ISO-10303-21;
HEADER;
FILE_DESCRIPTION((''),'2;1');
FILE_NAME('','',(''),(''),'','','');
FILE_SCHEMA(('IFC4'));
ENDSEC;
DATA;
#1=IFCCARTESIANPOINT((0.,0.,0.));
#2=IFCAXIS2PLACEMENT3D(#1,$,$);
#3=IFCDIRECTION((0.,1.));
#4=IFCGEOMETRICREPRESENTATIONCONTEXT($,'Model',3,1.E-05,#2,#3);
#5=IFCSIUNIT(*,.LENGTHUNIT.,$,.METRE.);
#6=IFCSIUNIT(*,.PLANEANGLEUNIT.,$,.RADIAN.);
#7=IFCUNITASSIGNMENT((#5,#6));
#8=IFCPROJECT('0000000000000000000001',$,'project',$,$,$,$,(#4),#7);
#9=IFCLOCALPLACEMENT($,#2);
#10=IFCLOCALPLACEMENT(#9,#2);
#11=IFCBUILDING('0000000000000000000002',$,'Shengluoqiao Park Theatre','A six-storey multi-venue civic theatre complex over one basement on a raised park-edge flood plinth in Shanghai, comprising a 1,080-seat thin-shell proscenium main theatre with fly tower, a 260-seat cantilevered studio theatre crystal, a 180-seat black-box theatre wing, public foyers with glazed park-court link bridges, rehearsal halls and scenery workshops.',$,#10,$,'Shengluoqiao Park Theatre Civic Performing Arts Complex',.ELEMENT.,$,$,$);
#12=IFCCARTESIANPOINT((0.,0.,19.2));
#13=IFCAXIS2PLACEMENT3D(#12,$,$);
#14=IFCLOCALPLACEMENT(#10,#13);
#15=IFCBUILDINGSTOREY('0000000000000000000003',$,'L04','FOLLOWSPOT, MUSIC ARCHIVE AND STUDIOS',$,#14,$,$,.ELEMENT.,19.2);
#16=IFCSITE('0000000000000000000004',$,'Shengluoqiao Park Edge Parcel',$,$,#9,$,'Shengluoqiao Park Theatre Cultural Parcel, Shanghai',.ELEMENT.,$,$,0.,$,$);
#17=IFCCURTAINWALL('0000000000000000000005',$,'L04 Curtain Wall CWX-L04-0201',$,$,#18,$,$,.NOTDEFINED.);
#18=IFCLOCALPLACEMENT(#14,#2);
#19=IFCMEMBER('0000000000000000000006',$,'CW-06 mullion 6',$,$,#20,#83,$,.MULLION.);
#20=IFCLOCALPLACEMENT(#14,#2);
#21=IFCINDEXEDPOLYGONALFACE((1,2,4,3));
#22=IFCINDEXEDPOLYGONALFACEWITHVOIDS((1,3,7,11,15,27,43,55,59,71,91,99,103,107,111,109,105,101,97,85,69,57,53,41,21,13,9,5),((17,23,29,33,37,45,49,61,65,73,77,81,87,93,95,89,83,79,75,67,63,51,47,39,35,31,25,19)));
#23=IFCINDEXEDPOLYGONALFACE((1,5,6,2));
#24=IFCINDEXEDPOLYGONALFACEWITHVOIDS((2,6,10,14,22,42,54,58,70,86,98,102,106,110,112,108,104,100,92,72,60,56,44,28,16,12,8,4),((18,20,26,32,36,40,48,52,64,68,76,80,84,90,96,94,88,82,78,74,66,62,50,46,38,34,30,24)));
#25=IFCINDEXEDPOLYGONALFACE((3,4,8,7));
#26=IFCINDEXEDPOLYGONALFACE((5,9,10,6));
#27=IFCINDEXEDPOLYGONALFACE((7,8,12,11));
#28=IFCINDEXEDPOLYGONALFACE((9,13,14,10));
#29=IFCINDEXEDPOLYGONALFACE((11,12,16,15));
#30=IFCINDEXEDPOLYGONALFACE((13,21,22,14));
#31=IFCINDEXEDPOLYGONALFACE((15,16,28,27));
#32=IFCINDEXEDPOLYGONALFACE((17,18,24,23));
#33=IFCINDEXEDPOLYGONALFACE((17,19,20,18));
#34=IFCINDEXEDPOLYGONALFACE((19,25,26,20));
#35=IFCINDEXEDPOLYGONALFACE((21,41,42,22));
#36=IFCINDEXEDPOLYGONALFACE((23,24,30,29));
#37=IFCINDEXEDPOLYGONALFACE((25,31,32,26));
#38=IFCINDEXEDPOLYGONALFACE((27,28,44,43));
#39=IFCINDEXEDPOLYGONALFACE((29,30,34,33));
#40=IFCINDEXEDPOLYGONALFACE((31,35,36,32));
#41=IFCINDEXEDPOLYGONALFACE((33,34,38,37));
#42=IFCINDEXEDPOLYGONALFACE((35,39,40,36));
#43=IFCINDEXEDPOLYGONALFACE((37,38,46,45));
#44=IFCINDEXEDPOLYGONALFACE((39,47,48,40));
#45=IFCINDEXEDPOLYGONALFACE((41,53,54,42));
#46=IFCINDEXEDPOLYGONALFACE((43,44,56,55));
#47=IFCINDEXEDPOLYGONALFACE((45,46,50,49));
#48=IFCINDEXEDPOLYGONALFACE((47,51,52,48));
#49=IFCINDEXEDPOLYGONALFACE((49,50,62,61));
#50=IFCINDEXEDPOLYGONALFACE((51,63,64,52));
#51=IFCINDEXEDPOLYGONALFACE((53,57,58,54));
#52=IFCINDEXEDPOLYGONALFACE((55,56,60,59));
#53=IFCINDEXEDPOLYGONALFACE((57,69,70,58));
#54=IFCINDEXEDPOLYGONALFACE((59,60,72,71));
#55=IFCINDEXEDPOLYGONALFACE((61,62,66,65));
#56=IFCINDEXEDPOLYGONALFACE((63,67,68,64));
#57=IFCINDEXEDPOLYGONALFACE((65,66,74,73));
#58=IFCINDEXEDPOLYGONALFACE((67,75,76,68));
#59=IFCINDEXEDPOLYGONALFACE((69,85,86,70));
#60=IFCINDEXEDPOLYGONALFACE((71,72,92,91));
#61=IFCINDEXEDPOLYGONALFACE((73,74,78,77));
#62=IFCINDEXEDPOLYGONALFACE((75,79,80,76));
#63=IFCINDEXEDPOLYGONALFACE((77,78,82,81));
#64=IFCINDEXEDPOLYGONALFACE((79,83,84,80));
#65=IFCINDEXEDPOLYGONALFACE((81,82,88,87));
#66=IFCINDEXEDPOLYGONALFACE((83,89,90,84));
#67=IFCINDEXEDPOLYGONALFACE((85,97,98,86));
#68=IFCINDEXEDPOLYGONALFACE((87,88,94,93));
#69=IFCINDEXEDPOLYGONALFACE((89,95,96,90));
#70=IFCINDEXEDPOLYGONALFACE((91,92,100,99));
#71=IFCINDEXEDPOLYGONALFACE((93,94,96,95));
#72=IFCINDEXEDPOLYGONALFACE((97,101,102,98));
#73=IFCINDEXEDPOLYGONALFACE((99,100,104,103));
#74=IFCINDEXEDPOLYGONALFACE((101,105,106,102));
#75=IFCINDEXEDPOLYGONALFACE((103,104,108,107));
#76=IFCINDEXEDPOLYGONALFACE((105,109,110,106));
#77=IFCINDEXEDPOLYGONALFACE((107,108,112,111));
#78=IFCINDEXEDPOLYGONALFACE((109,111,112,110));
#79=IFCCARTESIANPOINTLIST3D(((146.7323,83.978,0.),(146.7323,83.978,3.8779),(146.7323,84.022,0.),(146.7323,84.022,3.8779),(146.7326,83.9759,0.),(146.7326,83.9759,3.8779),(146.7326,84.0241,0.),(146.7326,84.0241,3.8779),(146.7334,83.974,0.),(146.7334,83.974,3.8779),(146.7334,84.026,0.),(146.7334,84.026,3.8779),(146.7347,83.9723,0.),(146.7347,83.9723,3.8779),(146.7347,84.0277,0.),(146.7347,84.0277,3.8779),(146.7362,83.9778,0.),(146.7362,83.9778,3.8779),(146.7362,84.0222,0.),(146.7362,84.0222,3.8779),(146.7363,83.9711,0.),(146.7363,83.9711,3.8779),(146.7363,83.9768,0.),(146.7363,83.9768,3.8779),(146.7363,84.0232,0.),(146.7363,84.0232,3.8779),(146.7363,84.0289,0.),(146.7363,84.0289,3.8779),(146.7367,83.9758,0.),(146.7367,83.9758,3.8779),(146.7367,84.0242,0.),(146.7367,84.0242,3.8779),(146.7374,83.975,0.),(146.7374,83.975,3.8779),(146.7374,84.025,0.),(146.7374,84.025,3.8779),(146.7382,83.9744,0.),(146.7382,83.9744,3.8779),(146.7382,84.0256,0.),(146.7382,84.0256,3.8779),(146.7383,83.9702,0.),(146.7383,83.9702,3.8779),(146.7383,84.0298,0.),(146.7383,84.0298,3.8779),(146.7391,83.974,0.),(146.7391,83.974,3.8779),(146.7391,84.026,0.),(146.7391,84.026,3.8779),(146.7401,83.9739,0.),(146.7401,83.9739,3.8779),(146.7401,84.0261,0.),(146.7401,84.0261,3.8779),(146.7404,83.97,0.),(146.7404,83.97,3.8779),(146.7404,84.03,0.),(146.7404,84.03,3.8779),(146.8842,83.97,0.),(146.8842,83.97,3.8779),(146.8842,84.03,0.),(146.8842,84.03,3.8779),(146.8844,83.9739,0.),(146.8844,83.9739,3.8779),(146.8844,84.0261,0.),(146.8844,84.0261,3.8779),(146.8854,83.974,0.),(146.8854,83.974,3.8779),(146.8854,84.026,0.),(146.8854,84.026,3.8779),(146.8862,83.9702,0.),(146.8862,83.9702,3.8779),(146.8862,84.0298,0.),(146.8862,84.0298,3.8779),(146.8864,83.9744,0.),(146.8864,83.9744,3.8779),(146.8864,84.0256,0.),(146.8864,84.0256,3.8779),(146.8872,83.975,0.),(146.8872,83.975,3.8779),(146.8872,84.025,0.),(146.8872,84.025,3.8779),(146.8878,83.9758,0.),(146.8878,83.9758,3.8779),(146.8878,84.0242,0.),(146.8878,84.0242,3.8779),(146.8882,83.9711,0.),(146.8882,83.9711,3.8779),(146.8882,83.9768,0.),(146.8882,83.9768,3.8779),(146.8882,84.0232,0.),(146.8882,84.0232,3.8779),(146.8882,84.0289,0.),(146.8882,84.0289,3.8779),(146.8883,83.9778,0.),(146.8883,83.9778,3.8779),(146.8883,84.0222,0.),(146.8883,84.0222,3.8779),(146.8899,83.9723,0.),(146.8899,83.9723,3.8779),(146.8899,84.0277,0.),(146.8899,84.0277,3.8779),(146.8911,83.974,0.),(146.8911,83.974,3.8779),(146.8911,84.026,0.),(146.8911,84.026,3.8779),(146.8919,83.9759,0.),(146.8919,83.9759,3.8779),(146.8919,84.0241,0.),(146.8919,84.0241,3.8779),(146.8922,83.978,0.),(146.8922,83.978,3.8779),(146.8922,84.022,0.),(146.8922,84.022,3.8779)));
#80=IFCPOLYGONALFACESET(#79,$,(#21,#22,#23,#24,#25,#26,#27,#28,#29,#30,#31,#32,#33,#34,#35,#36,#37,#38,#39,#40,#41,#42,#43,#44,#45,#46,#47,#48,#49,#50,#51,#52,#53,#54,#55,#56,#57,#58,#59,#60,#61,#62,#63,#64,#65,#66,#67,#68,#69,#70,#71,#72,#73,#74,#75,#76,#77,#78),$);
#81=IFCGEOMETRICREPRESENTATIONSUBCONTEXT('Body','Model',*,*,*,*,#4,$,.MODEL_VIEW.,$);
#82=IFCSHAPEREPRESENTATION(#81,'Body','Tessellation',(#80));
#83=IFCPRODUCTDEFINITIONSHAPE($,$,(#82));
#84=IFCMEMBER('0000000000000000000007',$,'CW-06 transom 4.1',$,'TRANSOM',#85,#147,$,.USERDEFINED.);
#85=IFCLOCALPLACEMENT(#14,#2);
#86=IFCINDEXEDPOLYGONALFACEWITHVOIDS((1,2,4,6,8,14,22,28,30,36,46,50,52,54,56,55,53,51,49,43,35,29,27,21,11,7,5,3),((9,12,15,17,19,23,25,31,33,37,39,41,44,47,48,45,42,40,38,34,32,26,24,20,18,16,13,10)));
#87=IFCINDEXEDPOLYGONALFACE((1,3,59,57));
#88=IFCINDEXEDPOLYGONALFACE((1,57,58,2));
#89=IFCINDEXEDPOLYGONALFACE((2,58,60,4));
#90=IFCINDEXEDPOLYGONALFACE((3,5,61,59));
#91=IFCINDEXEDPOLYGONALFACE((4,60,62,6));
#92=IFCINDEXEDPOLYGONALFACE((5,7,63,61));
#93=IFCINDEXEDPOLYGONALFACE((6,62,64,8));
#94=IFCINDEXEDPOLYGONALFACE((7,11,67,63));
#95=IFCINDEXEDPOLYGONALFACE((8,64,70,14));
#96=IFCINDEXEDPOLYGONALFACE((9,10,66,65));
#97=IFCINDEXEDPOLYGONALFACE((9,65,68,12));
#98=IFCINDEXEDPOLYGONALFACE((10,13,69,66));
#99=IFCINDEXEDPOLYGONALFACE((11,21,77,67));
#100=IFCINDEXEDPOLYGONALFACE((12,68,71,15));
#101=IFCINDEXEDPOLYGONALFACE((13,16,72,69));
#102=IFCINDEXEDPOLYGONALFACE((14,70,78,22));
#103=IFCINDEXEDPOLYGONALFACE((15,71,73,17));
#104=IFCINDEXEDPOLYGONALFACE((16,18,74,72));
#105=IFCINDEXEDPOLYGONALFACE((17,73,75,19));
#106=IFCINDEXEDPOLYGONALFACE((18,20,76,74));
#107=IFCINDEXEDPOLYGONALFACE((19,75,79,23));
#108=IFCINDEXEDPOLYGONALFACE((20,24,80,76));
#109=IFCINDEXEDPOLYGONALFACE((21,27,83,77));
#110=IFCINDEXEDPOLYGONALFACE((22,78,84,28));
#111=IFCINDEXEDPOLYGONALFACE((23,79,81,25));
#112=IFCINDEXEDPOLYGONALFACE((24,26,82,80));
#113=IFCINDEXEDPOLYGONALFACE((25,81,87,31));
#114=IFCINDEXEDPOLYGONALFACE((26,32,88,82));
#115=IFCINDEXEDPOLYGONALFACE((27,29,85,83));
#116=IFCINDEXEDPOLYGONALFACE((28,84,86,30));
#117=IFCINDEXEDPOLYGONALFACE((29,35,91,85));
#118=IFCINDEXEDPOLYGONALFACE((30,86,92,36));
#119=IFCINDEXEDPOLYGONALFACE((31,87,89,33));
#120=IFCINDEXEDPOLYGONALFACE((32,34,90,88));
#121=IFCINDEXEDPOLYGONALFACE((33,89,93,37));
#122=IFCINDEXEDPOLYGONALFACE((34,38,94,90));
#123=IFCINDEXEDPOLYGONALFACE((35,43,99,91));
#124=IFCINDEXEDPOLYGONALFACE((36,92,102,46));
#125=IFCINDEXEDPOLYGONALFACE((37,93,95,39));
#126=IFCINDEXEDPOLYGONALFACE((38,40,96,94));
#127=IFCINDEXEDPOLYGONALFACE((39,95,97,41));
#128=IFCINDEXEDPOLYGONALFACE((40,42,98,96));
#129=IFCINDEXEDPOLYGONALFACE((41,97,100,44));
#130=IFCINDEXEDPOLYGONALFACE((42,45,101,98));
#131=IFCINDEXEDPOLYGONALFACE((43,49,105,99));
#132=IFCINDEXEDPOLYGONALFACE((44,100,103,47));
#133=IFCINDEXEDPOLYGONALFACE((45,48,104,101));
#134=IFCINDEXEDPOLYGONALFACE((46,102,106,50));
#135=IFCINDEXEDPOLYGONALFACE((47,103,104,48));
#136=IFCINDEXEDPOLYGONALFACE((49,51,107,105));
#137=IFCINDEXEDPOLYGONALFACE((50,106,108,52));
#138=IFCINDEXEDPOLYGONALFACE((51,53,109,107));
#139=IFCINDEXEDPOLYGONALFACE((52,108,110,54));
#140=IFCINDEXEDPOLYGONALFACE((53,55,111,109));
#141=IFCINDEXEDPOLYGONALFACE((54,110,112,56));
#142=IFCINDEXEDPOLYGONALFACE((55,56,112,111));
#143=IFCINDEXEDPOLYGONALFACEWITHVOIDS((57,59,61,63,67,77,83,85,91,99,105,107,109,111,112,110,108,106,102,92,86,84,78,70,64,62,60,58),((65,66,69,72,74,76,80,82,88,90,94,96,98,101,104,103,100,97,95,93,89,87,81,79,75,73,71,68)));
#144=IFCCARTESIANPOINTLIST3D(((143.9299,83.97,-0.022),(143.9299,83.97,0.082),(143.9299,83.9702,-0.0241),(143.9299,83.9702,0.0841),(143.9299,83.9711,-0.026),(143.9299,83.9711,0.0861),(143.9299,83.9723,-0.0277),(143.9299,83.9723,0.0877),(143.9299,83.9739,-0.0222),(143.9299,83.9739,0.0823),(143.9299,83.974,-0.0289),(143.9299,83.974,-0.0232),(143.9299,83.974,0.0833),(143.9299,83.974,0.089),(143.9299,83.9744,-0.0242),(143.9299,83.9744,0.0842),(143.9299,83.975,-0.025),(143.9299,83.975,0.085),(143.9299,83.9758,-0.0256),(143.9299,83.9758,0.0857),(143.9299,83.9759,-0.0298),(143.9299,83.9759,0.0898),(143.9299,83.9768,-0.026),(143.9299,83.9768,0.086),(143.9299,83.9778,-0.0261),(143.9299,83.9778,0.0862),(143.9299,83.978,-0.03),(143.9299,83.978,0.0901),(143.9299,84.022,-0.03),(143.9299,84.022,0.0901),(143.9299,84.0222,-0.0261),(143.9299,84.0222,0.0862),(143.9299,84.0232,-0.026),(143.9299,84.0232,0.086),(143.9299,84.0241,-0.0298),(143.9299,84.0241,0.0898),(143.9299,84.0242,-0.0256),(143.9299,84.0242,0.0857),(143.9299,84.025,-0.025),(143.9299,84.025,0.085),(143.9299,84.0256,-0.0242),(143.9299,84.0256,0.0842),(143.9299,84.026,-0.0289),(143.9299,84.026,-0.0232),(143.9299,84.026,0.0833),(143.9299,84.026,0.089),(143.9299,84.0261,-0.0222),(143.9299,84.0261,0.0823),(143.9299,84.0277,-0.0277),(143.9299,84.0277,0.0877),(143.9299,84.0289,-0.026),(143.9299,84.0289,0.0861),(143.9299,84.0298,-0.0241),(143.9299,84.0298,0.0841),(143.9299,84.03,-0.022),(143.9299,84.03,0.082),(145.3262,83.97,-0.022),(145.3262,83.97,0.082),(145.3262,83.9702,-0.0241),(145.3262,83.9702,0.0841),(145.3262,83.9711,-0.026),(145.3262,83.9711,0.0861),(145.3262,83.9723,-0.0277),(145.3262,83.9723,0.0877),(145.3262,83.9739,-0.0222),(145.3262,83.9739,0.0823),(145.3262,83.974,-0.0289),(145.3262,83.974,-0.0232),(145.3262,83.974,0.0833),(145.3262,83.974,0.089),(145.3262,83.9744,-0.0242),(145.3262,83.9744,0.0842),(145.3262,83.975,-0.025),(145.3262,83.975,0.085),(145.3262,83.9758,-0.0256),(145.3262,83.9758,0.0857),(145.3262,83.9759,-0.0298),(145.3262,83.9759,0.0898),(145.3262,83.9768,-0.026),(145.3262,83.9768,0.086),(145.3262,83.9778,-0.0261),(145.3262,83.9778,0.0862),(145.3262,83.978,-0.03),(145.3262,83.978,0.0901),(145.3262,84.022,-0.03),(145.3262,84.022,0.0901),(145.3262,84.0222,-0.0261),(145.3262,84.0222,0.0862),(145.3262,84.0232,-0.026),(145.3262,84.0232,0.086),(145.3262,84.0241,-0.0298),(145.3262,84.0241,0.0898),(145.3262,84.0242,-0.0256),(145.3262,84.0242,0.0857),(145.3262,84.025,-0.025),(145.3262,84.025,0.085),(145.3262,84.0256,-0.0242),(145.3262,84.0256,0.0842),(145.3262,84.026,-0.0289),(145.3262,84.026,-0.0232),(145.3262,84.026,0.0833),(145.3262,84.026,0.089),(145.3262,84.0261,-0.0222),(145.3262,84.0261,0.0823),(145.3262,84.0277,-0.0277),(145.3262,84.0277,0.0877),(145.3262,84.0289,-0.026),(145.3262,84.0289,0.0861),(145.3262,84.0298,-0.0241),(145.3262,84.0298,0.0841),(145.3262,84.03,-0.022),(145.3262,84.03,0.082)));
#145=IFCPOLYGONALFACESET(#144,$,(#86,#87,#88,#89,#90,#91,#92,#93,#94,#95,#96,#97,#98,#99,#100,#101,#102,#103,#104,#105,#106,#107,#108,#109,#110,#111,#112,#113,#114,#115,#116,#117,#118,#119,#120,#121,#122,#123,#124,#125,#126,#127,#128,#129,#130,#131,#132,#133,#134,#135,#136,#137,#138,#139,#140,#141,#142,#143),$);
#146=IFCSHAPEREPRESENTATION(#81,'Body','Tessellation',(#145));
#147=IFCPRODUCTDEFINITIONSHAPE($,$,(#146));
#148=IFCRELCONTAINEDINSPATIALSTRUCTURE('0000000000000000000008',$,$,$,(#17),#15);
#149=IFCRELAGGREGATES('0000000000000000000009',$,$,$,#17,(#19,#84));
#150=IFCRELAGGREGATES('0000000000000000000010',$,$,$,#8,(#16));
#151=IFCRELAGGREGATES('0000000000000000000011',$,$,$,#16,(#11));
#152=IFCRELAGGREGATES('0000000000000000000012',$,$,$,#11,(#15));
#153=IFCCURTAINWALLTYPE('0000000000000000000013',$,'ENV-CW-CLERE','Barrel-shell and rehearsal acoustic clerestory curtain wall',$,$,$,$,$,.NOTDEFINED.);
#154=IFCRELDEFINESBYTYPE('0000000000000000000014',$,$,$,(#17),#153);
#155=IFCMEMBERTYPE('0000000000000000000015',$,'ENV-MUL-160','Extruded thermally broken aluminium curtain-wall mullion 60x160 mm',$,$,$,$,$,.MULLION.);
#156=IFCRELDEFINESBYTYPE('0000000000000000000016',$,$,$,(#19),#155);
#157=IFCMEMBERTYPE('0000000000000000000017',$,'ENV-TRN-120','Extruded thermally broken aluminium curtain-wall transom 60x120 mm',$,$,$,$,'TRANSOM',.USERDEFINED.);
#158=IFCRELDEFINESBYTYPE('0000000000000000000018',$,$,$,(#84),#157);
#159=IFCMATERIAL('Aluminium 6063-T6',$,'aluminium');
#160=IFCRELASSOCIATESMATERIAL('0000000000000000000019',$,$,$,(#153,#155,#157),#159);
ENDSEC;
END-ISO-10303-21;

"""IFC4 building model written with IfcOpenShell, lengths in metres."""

from ifc_helpers import new_model, si_unit, direction, frame, origin, origin_2d, place, context, subcontext, project, spatial, hollow_rectangle, extrude, material, material_profile, profile_set, type_object, element, aggregate, save


model = new_model("IFC4")

# Units and contexts
model_context = context("Model", 3, precision=1e-05, world=origin(), true_north=direction((0.0, 1.0)))
body_context = subcontext(model_context, "Body", "Model", "MODEL_VIEW")
ifc_project = project(units=[si_unit("LENGTHUNIT", "METRE"), si_unit("PLANEANGLEUNIT", "RADIAN")], contexts=[model_context])

# Site, building, storey
site_placement = place(None, origin())
site = spatial("IfcSite", under=ifc_project, at=site_placement, Name="Shengluoqiao Park Edge Parcel", LongName="Shengluoqiao Park Theatre Cultural Parcel, Shanghai", CompositionType="ELEMENT", RefElevation=0.0)
building_placement = place(site_placement, origin())
building = spatial("IfcBuilding", under=site, at=building_placement, Name="Shengluoqiao Park Theatre", Description="A six-storey multi-venue civic theatre complex over one basement on a raised park-edge flood plinth in Shanghai, comprising a 1,080-seat thin-shell proscenium main theatre with fly tower, a 260-seat cantilevered studio theatre crystal, a 180-seat black-box theatre wing, public foyers with glazed park-court link bridges, rehearsal halls and scenery workshops.", LongName="Shengluoqiao Park Theatre Civic Performing Arts Complex", CompositionType="ELEMENT")
storey_placement = place(building_placement, frame((0.0, 0.0, 19.2)))
storey = spatial("IfcBuildingStorey", under=building, at=storey_placement, Name="L04", Description="FOLLOWSPOT, MUSIC ARCHIVE AND STUDIOS", CompositionType="ELEMENT", Elevation=19.2)

# Curtain wall, members
ifc_material_1 = material(Name="Aluminium 6063-T6", Category="aluminium")
curtain_wall_type = type_object("IfcCurtainWallType", Name="ENV-CW-CLERE", Description="Barrel-shell and rehearsal acoustic clerestory curtain wall", PredefinedType="NOTDEFINED", material=ifc_material_1)
curtain_wall_placement = place(storey_placement, origin())
curtain_wall = element("IfcCurtainWall", 1, at=curtain_wall_placement, inside=storey, type_object=curtain_wall_type, Name="L04 Curtain Wall CWX-L04-0201", PredefinedType="NOTDEFINED")
ifc_material_profile_1 = material_profile(ifc_material_1, hollow_rectangle(XDim=0.0601, YDim=0.1599, WallThickness=0.0039, InnerFilletRadius=0.0039, OuterFilletRadius=0.0081, at=origin_2d()), Name="ALU MULLION 160x60x4")
ifc_profile_set_1 = profile_set([ifc_material_profile_1], Name="Aluminium 6063-T6")
member_type_1 = type_object("IfcMemberType", Name="ENV-MUL-160", Description="Extruded thermally broken aluminium curtain-wall mullion 60x160 mm", PredefinedType="MULLION", material=ifc_profile_set_1)
member_1_placement = place(storey_placement, frame((146.8123, 84.0, 0.0), z_axis=(0.0, 0.0, 1.0), x_axis=(0.0, 1.0, 0.0)))
member_1 = element("IfcMember", 2, at=member_1_placement, type_object=member_type_1, Name="CW-06 mullion 6", PredefinedType="MULLION", context=body_context, shape_type="SweptSolid", body=[
    extrude(hollow_rectangle(XDim=0.0601, YDim=0.1599, WallThickness=0.0039, InnerFilletRadius=0.0039, OuterFilletRadius=0.0081, at=origin_2d()), origin(), (0.0, 0.0, 1.0), 3.8779),
])
ifc_material_profile_2 = material_profile(ifc_material_1, hollow_rectangle(XDim=0.0601, YDim=0.1201, WallThickness=0.0039, InnerFilletRadius=0.0039, OuterFilletRadius=0.0081, at=origin_2d()), Name="ALU TRANSOM 120x60x4")
ifc_profile_set_2 = profile_set([ifc_material_profile_2], Name="Aluminium 6063-T6")
member_type_2 = type_object("IfcMemberType", Name="ENV-TRN-120", Description="Extruded thermally broken aluminium curtain-wall transom 60x120 mm", ElementType="TRANSOM", PredefinedType="USERDEFINED", material=ifc_profile_set_2)
member_2_placement = place(storey_placement, frame((143.9299, 84.0, 0.03), z_axis=(1.0, 0.0, 0.0), x_axis=(0.0, 1.0, 0.0)))
member_2 = element("IfcMember", 3, at=member_2_placement, type_object=member_type_2, Name="CW-06 transom 4.1", ObjectType="TRANSOM", PredefinedType="USERDEFINED", context=body_context, shape_type="SweptSolid", body=[
    extrude(hollow_rectangle(XDim=0.0601, YDim=0.1201, WallThickness=0.0039, InnerFilletRadius=0.0039, OuterFilletRadius=0.0081, at=origin_2d()), origin(), (0.0, 0.0, 1.0), 1.3962),
])

aggregate(curtain_wall, [member_1, member_2])

save(model, "model.ifc")
